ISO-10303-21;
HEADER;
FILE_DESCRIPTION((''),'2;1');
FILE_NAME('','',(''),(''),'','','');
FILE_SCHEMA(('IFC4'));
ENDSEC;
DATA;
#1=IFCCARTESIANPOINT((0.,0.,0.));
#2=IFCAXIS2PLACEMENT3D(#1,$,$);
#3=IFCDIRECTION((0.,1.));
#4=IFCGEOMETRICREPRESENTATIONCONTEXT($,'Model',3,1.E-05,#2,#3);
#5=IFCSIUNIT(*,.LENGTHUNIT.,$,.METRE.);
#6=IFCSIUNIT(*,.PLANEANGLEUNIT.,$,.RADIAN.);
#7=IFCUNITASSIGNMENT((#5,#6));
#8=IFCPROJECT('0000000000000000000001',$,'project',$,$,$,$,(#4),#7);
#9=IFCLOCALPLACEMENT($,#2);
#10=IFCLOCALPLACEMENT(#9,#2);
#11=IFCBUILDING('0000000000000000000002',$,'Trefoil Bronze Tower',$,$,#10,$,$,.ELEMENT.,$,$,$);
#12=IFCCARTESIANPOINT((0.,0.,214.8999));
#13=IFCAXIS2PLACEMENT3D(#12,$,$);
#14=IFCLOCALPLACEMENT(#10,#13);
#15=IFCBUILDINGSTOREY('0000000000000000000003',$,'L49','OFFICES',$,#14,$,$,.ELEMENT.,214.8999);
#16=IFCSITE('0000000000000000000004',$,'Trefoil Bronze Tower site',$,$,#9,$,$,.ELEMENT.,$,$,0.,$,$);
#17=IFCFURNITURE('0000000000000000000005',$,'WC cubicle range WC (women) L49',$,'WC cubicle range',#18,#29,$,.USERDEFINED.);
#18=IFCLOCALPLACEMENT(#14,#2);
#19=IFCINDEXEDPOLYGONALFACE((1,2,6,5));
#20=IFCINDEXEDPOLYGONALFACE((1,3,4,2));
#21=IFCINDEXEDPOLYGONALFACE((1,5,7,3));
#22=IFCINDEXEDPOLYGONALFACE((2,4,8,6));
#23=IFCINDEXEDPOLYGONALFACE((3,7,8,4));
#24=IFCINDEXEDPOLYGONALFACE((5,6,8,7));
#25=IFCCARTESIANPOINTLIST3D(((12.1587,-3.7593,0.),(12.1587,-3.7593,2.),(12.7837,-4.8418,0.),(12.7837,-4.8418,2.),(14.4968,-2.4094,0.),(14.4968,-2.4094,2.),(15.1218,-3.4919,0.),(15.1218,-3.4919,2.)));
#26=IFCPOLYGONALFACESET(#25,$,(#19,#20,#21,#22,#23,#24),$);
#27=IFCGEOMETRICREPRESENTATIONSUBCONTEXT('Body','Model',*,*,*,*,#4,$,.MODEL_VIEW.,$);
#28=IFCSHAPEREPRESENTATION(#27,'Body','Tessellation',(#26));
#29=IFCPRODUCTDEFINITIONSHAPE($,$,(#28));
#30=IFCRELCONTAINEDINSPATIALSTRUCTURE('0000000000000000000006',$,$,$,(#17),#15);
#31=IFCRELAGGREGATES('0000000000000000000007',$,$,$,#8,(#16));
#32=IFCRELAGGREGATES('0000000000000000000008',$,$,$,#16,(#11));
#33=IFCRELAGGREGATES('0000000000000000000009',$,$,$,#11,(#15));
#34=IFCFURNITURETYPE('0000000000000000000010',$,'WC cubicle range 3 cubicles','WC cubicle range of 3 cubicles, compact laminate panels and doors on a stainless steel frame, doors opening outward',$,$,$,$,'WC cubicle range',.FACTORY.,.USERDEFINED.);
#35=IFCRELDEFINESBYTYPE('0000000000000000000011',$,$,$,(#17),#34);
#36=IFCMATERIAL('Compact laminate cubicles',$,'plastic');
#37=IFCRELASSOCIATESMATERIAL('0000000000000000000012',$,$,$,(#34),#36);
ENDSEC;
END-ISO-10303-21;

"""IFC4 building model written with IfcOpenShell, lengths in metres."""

from ifc_helpers import new_model, si_unit, direction, frame, origin, place, context, subcontext, project, spatial, polyline, outline, extrude, material, type_object, element, save


model = new_model("IFC4")

# Units and contexts
model_context = context("Model", 3, precision=1e-05, world=origin(), true_north=direction((0.0, 1.0)))
body_context = subcontext(model_context, "Body", "Model", "MODEL_VIEW")
ifc_project = project(units=[si_unit("LENGTHUNIT", "METRE"), si_unit("PLANEANGLEUNIT", "RADIAN")], contexts=[model_context])

# Site, building, storey
site_placement = place(None, origin())
site = spatial("IfcSite", under=ifc_project, at=site_placement, Name="Trefoil Bronze Tower site", CompositionType="ELEMENT", RefElevation=0.0)
building_placement = place(site_placement, origin())
building = spatial("IfcBuilding", under=site, at=building_placement, Name="Trefoil Bronze Tower", CompositionType="ELEMENT")
storey_placement = place(building_placement, frame((0.0, 0.0, 214.8999)))
storey = spatial("IfcBuildingStorey", under=building, at=storey_placement, Name="L49", Description="OFFICES", CompositionType="ELEMENT", Elevation=214.8999)

# Furniture
ifc_material_1 = material(Name="Compact laminate cubicles", Category="plastic")
furniture_type_1 = type_object("IfcFurnitureType", Name="WC cubicle range 3 cubicles", Description="WC cubicle range of 3 cubicles, compact laminate panels and doors on a stainless steel frame, doors opening outward", ElementType="WC cubicle range", AssemblyPlace="FACTORY", PredefinedType="USERDEFINED", material=ifc_material_1)
furniture_1_placement = place(storey_placement, origin())
element("IfcFurniture", 1, at=furniture_1_placement, inside=storey, type_object=furniture_type_1, Name="WC cubicle range WC (women) L49", ObjectType="WC cubicle range", PredefinedType="USERDEFINED", context=body_context, shape_type="SweptSolid", body=[
    extrude(outline(polyline([(12.1587, -3.7593), (12.7837, -4.8418), (15.1218, -3.4919), (14.4968, -2.4094), (12.1587, -3.7593)])), origin(), (0.0, 0.0, 1.0), 2.0),
])

save(model, "model.ifc")
